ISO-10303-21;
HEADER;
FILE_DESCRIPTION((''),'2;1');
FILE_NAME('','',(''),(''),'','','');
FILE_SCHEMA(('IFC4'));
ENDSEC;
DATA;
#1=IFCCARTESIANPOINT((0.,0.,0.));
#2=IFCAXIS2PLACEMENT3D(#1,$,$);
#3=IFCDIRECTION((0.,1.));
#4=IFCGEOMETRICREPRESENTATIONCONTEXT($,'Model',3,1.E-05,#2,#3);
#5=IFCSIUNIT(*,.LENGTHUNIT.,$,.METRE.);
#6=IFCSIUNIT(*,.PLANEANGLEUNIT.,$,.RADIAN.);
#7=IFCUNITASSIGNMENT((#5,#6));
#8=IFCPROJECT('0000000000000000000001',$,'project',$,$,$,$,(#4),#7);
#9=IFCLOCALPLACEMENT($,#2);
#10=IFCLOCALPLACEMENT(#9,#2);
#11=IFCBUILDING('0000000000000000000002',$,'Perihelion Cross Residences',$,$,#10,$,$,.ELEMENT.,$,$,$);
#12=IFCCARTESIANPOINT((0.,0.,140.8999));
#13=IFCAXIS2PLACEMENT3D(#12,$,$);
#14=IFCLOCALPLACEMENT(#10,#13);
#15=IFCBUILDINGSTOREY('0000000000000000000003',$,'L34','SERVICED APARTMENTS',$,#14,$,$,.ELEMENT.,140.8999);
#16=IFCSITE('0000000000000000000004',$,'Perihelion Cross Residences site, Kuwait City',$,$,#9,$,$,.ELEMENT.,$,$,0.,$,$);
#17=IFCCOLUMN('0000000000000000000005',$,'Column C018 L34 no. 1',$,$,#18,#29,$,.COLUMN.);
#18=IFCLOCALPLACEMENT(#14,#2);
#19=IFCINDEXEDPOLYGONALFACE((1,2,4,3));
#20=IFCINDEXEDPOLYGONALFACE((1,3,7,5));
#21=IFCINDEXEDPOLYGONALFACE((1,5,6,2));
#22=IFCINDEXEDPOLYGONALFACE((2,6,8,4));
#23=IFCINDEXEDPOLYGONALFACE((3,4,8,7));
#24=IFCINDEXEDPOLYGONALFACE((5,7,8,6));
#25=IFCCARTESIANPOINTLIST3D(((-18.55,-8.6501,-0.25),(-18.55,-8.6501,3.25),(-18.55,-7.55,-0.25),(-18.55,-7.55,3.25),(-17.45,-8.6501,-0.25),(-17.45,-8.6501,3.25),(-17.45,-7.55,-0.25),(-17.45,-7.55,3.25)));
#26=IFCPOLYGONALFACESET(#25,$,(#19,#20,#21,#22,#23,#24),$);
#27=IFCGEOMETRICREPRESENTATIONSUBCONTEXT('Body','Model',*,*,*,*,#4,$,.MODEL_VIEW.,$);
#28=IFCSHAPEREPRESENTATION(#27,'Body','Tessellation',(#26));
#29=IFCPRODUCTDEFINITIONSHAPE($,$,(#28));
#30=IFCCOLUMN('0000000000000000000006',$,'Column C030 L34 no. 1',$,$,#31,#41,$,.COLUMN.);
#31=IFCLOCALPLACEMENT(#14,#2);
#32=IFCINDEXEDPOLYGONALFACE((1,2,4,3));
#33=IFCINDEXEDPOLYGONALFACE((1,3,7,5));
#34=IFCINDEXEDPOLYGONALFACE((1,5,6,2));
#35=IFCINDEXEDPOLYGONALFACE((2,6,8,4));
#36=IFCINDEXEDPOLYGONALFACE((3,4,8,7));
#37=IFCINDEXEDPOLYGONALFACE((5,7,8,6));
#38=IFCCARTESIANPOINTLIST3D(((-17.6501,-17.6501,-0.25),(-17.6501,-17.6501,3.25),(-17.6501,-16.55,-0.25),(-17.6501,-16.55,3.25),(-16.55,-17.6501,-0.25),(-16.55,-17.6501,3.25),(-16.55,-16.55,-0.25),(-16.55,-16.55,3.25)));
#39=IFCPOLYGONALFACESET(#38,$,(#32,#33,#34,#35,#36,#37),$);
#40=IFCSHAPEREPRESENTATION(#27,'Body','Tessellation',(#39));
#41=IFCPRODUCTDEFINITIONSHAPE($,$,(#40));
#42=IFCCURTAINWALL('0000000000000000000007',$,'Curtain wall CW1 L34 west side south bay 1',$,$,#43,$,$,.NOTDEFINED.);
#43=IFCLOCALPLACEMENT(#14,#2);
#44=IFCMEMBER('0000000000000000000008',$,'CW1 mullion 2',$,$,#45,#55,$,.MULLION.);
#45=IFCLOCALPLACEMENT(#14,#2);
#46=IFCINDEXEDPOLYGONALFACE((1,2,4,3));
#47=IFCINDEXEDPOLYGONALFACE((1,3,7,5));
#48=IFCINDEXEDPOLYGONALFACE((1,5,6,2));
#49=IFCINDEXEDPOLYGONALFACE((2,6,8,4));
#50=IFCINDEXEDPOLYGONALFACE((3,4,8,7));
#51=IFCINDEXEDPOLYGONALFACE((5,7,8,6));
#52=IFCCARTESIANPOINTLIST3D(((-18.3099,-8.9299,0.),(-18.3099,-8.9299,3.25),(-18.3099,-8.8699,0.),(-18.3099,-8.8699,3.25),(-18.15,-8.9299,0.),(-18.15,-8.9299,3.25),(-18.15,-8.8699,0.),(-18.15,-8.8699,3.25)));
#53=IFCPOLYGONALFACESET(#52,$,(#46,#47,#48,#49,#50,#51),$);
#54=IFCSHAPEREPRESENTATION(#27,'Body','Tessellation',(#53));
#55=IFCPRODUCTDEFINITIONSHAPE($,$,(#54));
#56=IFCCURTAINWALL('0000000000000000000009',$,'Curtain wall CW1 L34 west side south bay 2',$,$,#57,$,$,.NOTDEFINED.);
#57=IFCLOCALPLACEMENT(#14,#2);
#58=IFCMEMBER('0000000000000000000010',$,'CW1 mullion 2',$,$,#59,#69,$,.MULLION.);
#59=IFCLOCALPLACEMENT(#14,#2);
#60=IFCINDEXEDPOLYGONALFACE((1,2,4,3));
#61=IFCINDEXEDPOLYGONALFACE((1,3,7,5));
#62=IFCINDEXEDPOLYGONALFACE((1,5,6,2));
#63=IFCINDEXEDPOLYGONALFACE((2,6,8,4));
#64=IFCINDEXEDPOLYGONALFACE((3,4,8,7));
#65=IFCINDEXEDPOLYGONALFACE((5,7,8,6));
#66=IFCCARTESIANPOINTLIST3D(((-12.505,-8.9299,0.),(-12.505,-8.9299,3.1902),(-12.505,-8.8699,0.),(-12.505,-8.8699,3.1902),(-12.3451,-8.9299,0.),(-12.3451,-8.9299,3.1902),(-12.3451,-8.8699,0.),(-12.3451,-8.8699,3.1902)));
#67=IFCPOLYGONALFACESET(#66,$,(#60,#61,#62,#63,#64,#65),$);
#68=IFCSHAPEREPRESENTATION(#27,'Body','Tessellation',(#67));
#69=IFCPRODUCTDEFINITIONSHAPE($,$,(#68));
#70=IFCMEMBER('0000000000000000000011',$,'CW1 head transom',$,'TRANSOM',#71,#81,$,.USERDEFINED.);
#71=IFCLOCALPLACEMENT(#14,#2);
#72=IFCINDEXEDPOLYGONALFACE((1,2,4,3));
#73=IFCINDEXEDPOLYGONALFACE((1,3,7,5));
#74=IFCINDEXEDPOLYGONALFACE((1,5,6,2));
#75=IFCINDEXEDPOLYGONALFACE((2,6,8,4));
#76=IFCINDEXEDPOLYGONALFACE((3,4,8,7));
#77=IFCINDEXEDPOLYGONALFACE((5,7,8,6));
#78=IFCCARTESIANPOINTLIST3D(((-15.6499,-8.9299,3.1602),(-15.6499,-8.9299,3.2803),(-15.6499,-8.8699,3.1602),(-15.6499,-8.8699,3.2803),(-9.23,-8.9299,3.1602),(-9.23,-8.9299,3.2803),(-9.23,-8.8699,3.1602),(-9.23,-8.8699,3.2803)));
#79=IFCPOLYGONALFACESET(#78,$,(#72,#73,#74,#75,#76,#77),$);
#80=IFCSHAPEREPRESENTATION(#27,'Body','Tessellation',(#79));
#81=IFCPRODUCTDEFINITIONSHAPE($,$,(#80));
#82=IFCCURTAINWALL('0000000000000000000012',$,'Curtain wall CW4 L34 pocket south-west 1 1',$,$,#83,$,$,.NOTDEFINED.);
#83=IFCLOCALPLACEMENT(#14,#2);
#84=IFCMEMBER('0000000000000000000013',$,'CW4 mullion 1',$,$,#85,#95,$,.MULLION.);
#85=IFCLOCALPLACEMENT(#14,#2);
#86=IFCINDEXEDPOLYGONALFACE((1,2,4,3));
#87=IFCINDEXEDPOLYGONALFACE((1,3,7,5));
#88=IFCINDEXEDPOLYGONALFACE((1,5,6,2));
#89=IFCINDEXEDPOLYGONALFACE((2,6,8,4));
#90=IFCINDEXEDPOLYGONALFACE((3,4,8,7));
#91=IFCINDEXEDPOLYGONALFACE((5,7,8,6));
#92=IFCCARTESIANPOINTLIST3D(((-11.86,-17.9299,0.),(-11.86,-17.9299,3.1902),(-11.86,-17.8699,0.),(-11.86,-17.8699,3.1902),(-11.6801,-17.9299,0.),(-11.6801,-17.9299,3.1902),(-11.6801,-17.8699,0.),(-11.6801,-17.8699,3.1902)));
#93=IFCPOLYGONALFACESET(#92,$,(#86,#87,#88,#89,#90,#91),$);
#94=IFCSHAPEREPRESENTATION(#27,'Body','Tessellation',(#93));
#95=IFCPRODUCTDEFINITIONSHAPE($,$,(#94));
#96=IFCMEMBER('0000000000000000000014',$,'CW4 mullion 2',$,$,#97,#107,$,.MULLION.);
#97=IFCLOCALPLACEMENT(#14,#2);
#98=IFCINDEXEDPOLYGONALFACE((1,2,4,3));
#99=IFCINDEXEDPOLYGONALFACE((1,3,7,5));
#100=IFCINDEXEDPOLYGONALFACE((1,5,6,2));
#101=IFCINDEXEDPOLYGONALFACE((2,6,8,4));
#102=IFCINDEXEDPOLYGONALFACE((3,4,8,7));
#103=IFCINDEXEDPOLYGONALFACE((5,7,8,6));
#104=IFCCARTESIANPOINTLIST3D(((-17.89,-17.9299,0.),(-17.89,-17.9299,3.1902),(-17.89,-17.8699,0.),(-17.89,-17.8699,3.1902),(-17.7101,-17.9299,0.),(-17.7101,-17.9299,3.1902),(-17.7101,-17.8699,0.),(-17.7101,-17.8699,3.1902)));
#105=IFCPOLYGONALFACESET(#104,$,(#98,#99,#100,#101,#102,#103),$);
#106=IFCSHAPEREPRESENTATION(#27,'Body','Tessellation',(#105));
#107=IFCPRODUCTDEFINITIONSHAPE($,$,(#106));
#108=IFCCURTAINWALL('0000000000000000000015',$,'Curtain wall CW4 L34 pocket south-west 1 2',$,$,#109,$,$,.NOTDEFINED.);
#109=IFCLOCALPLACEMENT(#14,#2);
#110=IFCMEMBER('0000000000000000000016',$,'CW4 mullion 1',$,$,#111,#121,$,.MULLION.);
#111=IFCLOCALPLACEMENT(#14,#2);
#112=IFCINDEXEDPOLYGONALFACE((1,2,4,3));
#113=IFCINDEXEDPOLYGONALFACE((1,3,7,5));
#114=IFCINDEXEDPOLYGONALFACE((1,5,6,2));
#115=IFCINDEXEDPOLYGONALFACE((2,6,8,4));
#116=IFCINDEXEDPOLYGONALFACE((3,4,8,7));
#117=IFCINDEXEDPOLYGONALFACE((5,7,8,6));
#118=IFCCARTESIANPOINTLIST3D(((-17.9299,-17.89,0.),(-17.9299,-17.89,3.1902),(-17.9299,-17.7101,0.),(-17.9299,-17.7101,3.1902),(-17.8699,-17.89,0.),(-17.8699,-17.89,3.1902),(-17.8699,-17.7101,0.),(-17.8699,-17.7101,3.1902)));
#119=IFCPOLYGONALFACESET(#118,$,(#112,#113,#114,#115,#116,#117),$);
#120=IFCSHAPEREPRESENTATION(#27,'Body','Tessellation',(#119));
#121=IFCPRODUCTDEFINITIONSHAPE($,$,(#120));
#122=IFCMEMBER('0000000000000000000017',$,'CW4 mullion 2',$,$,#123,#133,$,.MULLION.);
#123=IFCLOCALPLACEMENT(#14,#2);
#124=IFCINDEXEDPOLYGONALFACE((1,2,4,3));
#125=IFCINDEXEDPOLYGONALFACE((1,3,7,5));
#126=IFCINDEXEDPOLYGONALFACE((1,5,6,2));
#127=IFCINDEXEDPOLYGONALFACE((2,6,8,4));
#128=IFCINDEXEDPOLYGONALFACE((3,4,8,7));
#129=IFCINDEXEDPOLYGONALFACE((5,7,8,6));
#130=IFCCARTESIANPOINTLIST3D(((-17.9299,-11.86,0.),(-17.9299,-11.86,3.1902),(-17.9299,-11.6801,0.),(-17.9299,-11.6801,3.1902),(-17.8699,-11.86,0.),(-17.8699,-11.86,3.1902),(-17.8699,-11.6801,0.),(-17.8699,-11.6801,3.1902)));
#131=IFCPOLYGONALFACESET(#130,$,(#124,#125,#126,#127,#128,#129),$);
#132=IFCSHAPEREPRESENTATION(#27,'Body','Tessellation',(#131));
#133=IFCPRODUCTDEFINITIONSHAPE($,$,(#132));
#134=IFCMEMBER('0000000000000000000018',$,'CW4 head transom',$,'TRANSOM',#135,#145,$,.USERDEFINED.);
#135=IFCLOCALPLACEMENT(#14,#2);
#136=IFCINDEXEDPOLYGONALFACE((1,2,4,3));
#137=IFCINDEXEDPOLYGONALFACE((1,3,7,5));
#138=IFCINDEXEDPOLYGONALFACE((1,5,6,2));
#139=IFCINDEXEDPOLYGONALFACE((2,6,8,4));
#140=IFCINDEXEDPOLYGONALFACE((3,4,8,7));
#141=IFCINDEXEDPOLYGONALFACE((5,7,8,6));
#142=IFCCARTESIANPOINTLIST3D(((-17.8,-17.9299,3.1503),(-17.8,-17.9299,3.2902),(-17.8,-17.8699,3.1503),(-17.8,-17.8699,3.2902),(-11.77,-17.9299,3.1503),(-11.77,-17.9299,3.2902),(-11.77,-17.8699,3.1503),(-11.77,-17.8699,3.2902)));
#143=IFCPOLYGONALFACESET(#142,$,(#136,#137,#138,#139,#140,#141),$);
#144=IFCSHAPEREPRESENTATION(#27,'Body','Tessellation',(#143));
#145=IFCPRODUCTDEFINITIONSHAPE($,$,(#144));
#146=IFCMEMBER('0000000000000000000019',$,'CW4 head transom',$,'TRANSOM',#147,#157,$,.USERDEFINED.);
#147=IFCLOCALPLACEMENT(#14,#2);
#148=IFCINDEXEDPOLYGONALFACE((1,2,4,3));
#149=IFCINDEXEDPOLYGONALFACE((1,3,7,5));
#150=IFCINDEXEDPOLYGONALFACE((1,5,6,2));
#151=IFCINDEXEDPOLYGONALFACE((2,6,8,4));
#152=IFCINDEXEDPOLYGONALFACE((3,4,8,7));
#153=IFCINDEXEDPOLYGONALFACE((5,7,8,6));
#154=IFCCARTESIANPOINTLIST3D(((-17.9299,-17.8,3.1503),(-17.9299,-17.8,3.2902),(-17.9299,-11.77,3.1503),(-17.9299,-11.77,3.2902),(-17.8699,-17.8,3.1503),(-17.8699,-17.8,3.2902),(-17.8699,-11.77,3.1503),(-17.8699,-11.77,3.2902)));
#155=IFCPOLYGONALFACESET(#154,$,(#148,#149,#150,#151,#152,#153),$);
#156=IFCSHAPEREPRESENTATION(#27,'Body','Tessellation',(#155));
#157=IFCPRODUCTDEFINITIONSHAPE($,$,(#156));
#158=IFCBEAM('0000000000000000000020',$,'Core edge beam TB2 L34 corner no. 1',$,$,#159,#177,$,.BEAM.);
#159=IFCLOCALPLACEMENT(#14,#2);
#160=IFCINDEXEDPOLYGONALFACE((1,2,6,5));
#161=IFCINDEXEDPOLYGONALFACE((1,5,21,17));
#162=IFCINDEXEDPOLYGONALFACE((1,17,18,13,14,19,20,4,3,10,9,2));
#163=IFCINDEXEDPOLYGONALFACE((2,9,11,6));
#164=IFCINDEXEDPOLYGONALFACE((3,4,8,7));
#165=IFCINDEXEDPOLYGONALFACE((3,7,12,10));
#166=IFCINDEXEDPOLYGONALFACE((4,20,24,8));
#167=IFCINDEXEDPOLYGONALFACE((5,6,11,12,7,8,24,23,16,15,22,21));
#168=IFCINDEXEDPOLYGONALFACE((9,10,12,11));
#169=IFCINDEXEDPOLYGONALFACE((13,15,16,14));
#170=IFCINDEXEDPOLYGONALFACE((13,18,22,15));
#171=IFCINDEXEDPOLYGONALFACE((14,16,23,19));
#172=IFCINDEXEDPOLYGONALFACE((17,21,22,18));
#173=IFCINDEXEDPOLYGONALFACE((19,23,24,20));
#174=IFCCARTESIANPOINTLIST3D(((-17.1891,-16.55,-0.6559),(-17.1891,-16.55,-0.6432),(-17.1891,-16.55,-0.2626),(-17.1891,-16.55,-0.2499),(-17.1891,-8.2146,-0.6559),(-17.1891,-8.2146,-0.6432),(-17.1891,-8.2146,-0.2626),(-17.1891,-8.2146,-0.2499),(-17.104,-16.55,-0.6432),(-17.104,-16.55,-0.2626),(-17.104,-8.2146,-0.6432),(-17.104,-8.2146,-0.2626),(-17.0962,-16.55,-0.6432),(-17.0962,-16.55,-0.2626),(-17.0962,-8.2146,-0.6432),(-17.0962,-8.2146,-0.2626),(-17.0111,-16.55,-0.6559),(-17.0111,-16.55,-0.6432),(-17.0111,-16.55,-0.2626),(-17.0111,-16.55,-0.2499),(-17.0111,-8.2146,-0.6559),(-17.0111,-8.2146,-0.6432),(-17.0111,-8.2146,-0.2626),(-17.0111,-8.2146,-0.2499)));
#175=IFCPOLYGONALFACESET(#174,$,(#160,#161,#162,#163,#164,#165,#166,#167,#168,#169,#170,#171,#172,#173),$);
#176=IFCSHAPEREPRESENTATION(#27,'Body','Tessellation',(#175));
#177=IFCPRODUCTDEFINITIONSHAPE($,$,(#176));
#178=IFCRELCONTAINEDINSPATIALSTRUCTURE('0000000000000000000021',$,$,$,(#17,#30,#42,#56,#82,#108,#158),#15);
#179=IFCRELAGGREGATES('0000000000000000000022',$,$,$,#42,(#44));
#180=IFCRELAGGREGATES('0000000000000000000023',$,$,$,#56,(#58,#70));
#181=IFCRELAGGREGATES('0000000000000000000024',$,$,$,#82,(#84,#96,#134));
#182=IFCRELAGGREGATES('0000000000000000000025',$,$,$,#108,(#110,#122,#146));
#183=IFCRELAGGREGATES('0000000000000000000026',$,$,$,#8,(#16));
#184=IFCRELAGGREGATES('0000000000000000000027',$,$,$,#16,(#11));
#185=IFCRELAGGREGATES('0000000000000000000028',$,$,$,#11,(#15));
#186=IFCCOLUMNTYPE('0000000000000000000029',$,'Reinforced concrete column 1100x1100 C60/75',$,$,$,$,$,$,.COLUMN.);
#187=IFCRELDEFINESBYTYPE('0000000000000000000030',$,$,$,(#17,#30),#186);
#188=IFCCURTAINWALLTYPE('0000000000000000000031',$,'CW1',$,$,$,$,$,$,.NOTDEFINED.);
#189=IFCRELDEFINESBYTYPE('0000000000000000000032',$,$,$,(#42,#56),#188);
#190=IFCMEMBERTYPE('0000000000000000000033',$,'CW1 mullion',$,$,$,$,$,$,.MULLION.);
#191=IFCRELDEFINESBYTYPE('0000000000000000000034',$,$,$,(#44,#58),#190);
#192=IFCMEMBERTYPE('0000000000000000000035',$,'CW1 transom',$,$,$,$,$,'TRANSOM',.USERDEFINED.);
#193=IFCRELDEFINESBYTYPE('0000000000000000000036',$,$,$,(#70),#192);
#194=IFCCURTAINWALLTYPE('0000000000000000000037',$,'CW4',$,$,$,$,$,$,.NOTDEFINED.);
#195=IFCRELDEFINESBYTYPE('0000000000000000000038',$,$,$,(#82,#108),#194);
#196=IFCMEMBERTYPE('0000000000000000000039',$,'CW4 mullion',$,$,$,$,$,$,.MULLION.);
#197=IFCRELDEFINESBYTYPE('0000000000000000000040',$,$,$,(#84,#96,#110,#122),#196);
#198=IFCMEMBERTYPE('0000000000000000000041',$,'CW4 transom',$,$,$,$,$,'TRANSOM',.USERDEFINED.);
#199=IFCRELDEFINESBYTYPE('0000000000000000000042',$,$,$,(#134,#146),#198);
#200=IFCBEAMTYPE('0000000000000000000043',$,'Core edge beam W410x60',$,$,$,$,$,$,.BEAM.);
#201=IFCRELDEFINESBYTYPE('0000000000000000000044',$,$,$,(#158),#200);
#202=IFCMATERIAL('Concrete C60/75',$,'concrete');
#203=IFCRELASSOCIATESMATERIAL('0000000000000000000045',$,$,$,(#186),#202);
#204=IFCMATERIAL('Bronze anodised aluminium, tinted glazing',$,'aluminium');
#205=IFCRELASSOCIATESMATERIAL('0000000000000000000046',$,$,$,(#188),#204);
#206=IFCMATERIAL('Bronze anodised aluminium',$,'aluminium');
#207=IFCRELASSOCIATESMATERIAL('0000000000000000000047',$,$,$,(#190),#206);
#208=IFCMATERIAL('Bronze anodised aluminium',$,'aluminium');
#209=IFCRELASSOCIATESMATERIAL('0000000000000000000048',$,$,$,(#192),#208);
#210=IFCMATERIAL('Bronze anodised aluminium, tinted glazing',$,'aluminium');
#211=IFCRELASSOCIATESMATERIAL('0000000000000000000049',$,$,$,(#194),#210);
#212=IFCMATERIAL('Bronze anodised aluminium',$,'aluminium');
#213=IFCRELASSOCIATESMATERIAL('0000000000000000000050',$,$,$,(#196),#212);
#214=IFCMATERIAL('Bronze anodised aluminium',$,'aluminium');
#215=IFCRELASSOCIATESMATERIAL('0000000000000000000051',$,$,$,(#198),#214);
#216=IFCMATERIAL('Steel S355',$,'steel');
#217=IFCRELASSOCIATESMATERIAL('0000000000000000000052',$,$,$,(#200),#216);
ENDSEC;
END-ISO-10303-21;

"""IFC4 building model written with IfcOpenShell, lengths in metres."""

from ifc_helpers import new_model, si_unit, direction, frame, origin, origin_2d, place, context, subcontext, project, spatial, rectangle, i_section, extrude, material, material_profile, profile_set, type_object, element, aggregate, save


model = new_model("IFC4")

# Units and contexts
model_context = context("Model", 3, precision=1e-05, world=origin(), true_north=direction((0.0, 1.0)))
body_context = subcontext(model_context, "Body", "Model", "MODEL_VIEW")
ifc_project = project(units=[si_unit("LENGTHUNIT", "METRE"), si_unit("PLANEANGLEUNIT", "RADIAN")], contexts=[model_context])

# Site, building, storey
site_placement = place(None, origin())
site = spatial("IfcSite", under=ifc_project, at=site_placement, Name="Perihelion Cross Residences site, Kuwait City", CompositionType="ELEMENT", RefElevation=0.0)
building_placement = place(site_placement, origin())
building = spatial("IfcBuilding", under=site, at=building_placement, Name="Perihelion Cross Residences", CompositionType="ELEMENT")
storey_placement = place(building_placement, frame((0.0, 0.0, 140.8999)))
storey = spatial("IfcBuildingStorey", under=building, at=storey_placement, Name="L34", Description="SERVICED APARTMENTS", CompositionType="ELEMENT", Elevation=140.8999)

# Columns
ifc_material_1 = material(Name="Concrete C60/75", Category="concrete")
ifc_material_profile_1 = material_profile(ifc_material_1, rectangle(XDim=1.1001, YDim=1.1001, at=origin_2d()), Name="RC 1100x1100")
ifc_profile_set_1 = profile_set([ifc_material_profile_1], Name="Concrete C60/75")
column_type = type_object("IfcColumnType", Name="Reinforced concrete column 1100x1100 C60/75", PredefinedType="COLUMN", material=ifc_profile_set_1)
for number, where, z_axis, x_axis, name in (
    (1, (-18.0, -8.1001, -0.25), (0.0, 0.0, 1.0), (1.0, 0.0, 0.0), "Column C018 L34 no. 1"),
    (2, (-17.1001, -17.1001, -0.25), (0.0, 0.0, 1.0), (1.0, 0.0, 0.0), "Column C030 L34 no. 1"),
):
    element("IfcColumn", number, at=place(storey_placement, frame(where, z_axis=z_axis, x_axis=x_axis)), inside=storey, type_object=column_type, Name=name, PredefinedType="COLUMN", context=body_context, shape_type="SweptSolid", body=[
        extrude(rectangle(XDim=1.1001, YDim=1.1001, at=origin_2d()), origin(), (0.0, 0.0, 1.0), 3.5),
    ])

# Curtain wall, member
ifc_material_2 = material(Name="Bronze anodised aluminium, tinted glazing", Category="aluminium")
curtain_wall_type_1 = type_object("IfcCurtainWallType", Name="CW1", PredefinedType="NOTDEFINED", material=ifc_material_2)
curtain_wall_1_placement = place(storey_placement, origin())
curtain_wall_1 = element("IfcCurtainWall", 3, at=curtain_wall_1_placement, inside=storey, type_object=curtain_wall_type_1, Name="Curtain wall CW1 L34 west side south bay 1", PredefinedType="NOTDEFINED")
ifc_material_3 = material(Name="Bronze anodised aluminium", Category="aluminium")
ifc_material_profile_2 = material_profile(ifc_material_3, rectangle(XDim=0.0601, YDim=0.1599, at=origin_2d()), Name="CW1 mullion")
ifc_profile_set_2 = profile_set([ifc_material_profile_2], Name="Bronze anodised aluminium")
member_type_1 = type_object("IfcMemberType", Name="CW1 mullion", PredefinedType="MULLION", material=ifc_profile_set_2)
member_1_placement = place(storey_placement, frame((-18.23, -8.8999, 0.0), z_axis=(0.0, 0.0, 1.0), x_axis=(0.0, 1.0, 0.0)))
member_1 = element("IfcMember", 4, at=member_1_placement, type_object=member_type_1, Name="CW1 mullion 2", PredefinedType="MULLION", context=body_context, shape_type="SweptSolid", body=[
    extrude(rectangle(XDim=0.0601, YDim=0.1599, at=origin_2d()), origin(), (0.0, 0.0, 1.0), 3.25),
])

# Curtain walls, members
curtain_wall_2_placement = place(storey_placement, origin())
curtain_wall_2 = element("IfcCurtainWall", 5, at=curtain_wall_2_placement, inside=storey, type_object=curtain_wall_type_1, Name="Curtain wall CW1 L34 west side south bay 2", PredefinedType="NOTDEFINED")
member_2_placement = place(storey_placement, frame((-12.425, -8.8999, 0.0), z_axis=(0.0, 0.0, 1.0), x_axis=(0.0, 1.0, 0.0)))
member_2 = element("IfcMember", 6, at=member_2_placement, type_object=member_type_1, Name="CW1 mullion 2", PredefinedType="MULLION", context=body_context, shape_type="SweptSolid", body=[
    extrude(rectangle(XDim=0.0601, YDim=0.1599, at=origin_2d()), origin(), (0.0, 0.0, 1.0), 3.1902),
])
ifc_material_4 = material(Name="Bronze anodised aluminium", Category="aluminium")
ifc_material_profile_3 = material_profile(ifc_material_4, rectangle(XDim=0.0601, YDim=0.1201, at=origin_2d()), Name="CW1 transom")
ifc_profile_set_3 = profile_set([ifc_material_profile_3], Name="Bronze anodised aluminium")
member_type_2 = type_object("IfcMemberType", Name="CW1 transom", ElementType="TRANSOM", PredefinedType="USERDEFINED", material=ifc_profile_set_3)
member_3_placement = place(storey_placement, frame((-15.6499, -8.8999, 3.2202), z_axis=(1.0, 0.0, 0.0), x_axis=(0.0, 1.0, 0.0)))
member_3 = element("IfcMember", 7, at=member_3_placement, type_object=member_type_2, Name="CW1 head transom", ObjectType="TRANSOM", PredefinedType="USERDEFINED", context=body_context, shape_type="SweptSolid", body=[
    extrude(rectangle(XDim=0.0601, YDim=0.1201, at=origin_2d()), origin(), (0.0, 0.0, 1.0), 6.4199),
])
ifc_material_5 = material(Name="Bronze anodised aluminium, tinted glazing", Category="aluminium")
curtain_wall_type_2 = type_object("IfcCurtainWallType", Name="CW4", PredefinedType="NOTDEFINED", material=ifc_material_5)
curtain_wall_3_placement = place(storey_placement, origin())
curtain_wall_3 = element("IfcCurtainWall", 8, at=curtain_wall_3_placement, inside=storey, type_object=curtain_wall_type_2, Name="Curtain wall CW4 L34 pocket south-west 1 1", PredefinedType="NOTDEFINED")
ifc_material_6 = material(Name="Bronze anodised aluminium", Category="aluminium")
ifc_material_profile_4 = material_profile(ifc_material_6, rectangle(XDim=0.0601, YDim=0.1799, at=origin_2d()), Name="CW4 mullion")
ifc_profile_set_4 = profile_set([ifc_material_profile_4], Name="Bronze anodised aluminium")
member_type_3 = type_object("IfcMemberType", Name="CW4 mullion", PredefinedType="MULLION", material=ifc_profile_set_4)
member_4_placement = place(storey_placement, frame((-11.77, -17.8999, 0.0), z_axis=(0.0, 0.0, 1.0), x_axis=(0.0, -1.0, 0.0)))
member_4 = element("IfcMember", 9, at=member_4_placement, type_object=member_type_3, Name="CW4 mullion 1", PredefinedType="MULLION", context=body_context, shape_type="SweptSolid", body=[
    extrude(rectangle(XDim=0.0601, YDim=0.1799, at=origin_2d()), origin(), (0.0, 0.0, 1.0), 3.1902),
])
member_5_placement = place(storey_placement, frame((-17.8, -17.8999, 0.0), z_axis=(0.0, 0.0, 1.0), x_axis=(0.0, -1.0, 0.0)))
member_5 = element("IfcMember", 10, at=member_5_placement, type_object=member_type_3, Name="CW4 mullion 2", PredefinedType="MULLION", context=body_context, shape_type="SweptSolid", body=[
    extrude(rectangle(XDim=0.0601, YDim=0.1799, at=origin_2d()), origin(), (0.0, 0.0, 1.0), 3.1902),
])
curtain_wall_4_placement = place(storey_placement, origin())
curtain_wall_4 = element("IfcCurtainWall", 11, at=curtain_wall_4_placement, inside=storey, type_object=curtain_wall_type_2, Name="Curtain wall CW4 L34 pocket south-west 1 2", PredefinedType="NOTDEFINED")
member_6_placement = place(storey_placement, frame((-17.8999, -17.8, 0.0), z_axis=(0.0, 0.0, 1.0), x_axis=(-1.0, 0.0, 0.0)))
member_6 = element("IfcMember", 12, at=member_6_placement, type_object=member_type_3, Name="CW4 mullion 1", PredefinedType="MULLION", context=body_context, shape_type="SweptSolid", body=[
    extrude(rectangle(XDim=0.0601, YDim=0.1799, at=origin_2d()), origin(), (0.0, 0.0, 1.0), 3.1902),
])
member_7_placement = place(storey_placement, frame((-17.8999, -11.77, 0.0), z_axis=(0.0, 0.0, 1.0), x_axis=(-1.0, 0.0, 0.0)))
member_7 = element("IfcMember", 13, at=member_7_placement, type_object=member_type_3, Name="CW4 mullion 2", PredefinedType="MULLION", context=body_context, shape_type="SweptSolid", body=[
    extrude(rectangle(XDim=0.0601, YDim=0.1799, at=origin_2d()), origin(), (0.0, 0.0, 1.0), 3.1902),
])

# Members
ifc_material_7 = material(Name="Bronze anodised aluminium", Category="aluminium")
ifc_material_profile_5 = material_profile(ifc_material_7, rectangle(XDim=0.0601, YDim=0.1399, at=origin_2d()), Name="CW4 transom")
ifc_profile_set_5 = profile_set([ifc_material_profile_5], Name="Bronze anodised aluminium")
member_type_4 = type_object("IfcMemberType", Name="CW4 transom", ElementType="TRANSOM", PredefinedType="USERDEFINED", material=ifc_profile_set_5)
member_8_placement = place(storey_placement, frame((-11.77, -17.8999, 3.2202), z_axis=(-1.0, 0.0, 0.0), x_axis=(0.0, -1.0, 0.0)))
member_8 = element("IfcMember", 14, at=member_8_placement, type_object=member_type_4, Name="CW4 head transom", ObjectType="TRANSOM", PredefinedType="USERDEFINED", context=body_context, shape_type="SweptSolid", body=[
    extrude(rectangle(XDim=0.0601, YDim=0.1399, at=origin_2d()), origin(), (0.0, 0.0, 1.0), 6.03),
])
member_9_placement = place(storey_placement, frame((-17.8999, -17.8, 3.2202), z_axis=(0.0, 1.0, 0.0), x_axis=(-1.0, 0.0, 0.0)))
member_9 = element("IfcMember", 15, at=member_9_placement, type_object=member_type_4, Name="CW4 head transom", ObjectType="TRANSOM", PredefinedType="USERDEFINED", context=body_context, shape_type="SweptSolid", body=[
    extrude(rectangle(XDim=0.0601, YDim=0.1399, at=origin_2d()), origin(), (0.0, 0.0, 1.0), 6.03),
])

# Beam
ifc_material_8 = material(Name="Steel S355", Category="steel")
ifc_material_profile_6 = material_profile(ifc_material_8, i_section(OverallWidth=0.178, OverallDepth=0.406, WebThickness=0.0078, FlangeThickness=0.0127, at=origin_2d()), Name="W410x60")
ifc_profile_set_6 = profile_set([ifc_material_profile_6], Name="Steel S355")
beam_type_1 = type_object("IfcBeamType", Name="Core edge beam W410x60", PredefinedType="BEAM", material=ifc_profile_set_6)
beam_1_placement = place(storey_placement, frame((-17.1001, -8.2146, -0.4529), z_axis=(0.0, -1.0, 0.0), x_axis=(1.0, 0.0, 0.0)))
element("IfcBeam", 16, at=beam_1_placement, inside=storey, type_object=beam_type_1, Name="Core edge beam TB2 L34 corner no. 1", PredefinedType="BEAM", context=body_context, shape_type="SweptSolid", body=[
    extrude(i_section(OverallWidth=0.178, OverallDepth=0.406, WebThickness=0.0078, FlangeThickness=0.0127, at=origin_2d()), origin(), (0.0, 0.0, 1.0), 8.3354),
])

aggregate(curtain_wall_1, [member_1])
aggregate(curtain_wall_2, [member_2, member_3])
aggregate(curtain_wall_3, [member_4, member_5, member_8])
aggregate(curtain_wall_4, [member_6, member_7, member_9])

save(model, "model.ifc")
